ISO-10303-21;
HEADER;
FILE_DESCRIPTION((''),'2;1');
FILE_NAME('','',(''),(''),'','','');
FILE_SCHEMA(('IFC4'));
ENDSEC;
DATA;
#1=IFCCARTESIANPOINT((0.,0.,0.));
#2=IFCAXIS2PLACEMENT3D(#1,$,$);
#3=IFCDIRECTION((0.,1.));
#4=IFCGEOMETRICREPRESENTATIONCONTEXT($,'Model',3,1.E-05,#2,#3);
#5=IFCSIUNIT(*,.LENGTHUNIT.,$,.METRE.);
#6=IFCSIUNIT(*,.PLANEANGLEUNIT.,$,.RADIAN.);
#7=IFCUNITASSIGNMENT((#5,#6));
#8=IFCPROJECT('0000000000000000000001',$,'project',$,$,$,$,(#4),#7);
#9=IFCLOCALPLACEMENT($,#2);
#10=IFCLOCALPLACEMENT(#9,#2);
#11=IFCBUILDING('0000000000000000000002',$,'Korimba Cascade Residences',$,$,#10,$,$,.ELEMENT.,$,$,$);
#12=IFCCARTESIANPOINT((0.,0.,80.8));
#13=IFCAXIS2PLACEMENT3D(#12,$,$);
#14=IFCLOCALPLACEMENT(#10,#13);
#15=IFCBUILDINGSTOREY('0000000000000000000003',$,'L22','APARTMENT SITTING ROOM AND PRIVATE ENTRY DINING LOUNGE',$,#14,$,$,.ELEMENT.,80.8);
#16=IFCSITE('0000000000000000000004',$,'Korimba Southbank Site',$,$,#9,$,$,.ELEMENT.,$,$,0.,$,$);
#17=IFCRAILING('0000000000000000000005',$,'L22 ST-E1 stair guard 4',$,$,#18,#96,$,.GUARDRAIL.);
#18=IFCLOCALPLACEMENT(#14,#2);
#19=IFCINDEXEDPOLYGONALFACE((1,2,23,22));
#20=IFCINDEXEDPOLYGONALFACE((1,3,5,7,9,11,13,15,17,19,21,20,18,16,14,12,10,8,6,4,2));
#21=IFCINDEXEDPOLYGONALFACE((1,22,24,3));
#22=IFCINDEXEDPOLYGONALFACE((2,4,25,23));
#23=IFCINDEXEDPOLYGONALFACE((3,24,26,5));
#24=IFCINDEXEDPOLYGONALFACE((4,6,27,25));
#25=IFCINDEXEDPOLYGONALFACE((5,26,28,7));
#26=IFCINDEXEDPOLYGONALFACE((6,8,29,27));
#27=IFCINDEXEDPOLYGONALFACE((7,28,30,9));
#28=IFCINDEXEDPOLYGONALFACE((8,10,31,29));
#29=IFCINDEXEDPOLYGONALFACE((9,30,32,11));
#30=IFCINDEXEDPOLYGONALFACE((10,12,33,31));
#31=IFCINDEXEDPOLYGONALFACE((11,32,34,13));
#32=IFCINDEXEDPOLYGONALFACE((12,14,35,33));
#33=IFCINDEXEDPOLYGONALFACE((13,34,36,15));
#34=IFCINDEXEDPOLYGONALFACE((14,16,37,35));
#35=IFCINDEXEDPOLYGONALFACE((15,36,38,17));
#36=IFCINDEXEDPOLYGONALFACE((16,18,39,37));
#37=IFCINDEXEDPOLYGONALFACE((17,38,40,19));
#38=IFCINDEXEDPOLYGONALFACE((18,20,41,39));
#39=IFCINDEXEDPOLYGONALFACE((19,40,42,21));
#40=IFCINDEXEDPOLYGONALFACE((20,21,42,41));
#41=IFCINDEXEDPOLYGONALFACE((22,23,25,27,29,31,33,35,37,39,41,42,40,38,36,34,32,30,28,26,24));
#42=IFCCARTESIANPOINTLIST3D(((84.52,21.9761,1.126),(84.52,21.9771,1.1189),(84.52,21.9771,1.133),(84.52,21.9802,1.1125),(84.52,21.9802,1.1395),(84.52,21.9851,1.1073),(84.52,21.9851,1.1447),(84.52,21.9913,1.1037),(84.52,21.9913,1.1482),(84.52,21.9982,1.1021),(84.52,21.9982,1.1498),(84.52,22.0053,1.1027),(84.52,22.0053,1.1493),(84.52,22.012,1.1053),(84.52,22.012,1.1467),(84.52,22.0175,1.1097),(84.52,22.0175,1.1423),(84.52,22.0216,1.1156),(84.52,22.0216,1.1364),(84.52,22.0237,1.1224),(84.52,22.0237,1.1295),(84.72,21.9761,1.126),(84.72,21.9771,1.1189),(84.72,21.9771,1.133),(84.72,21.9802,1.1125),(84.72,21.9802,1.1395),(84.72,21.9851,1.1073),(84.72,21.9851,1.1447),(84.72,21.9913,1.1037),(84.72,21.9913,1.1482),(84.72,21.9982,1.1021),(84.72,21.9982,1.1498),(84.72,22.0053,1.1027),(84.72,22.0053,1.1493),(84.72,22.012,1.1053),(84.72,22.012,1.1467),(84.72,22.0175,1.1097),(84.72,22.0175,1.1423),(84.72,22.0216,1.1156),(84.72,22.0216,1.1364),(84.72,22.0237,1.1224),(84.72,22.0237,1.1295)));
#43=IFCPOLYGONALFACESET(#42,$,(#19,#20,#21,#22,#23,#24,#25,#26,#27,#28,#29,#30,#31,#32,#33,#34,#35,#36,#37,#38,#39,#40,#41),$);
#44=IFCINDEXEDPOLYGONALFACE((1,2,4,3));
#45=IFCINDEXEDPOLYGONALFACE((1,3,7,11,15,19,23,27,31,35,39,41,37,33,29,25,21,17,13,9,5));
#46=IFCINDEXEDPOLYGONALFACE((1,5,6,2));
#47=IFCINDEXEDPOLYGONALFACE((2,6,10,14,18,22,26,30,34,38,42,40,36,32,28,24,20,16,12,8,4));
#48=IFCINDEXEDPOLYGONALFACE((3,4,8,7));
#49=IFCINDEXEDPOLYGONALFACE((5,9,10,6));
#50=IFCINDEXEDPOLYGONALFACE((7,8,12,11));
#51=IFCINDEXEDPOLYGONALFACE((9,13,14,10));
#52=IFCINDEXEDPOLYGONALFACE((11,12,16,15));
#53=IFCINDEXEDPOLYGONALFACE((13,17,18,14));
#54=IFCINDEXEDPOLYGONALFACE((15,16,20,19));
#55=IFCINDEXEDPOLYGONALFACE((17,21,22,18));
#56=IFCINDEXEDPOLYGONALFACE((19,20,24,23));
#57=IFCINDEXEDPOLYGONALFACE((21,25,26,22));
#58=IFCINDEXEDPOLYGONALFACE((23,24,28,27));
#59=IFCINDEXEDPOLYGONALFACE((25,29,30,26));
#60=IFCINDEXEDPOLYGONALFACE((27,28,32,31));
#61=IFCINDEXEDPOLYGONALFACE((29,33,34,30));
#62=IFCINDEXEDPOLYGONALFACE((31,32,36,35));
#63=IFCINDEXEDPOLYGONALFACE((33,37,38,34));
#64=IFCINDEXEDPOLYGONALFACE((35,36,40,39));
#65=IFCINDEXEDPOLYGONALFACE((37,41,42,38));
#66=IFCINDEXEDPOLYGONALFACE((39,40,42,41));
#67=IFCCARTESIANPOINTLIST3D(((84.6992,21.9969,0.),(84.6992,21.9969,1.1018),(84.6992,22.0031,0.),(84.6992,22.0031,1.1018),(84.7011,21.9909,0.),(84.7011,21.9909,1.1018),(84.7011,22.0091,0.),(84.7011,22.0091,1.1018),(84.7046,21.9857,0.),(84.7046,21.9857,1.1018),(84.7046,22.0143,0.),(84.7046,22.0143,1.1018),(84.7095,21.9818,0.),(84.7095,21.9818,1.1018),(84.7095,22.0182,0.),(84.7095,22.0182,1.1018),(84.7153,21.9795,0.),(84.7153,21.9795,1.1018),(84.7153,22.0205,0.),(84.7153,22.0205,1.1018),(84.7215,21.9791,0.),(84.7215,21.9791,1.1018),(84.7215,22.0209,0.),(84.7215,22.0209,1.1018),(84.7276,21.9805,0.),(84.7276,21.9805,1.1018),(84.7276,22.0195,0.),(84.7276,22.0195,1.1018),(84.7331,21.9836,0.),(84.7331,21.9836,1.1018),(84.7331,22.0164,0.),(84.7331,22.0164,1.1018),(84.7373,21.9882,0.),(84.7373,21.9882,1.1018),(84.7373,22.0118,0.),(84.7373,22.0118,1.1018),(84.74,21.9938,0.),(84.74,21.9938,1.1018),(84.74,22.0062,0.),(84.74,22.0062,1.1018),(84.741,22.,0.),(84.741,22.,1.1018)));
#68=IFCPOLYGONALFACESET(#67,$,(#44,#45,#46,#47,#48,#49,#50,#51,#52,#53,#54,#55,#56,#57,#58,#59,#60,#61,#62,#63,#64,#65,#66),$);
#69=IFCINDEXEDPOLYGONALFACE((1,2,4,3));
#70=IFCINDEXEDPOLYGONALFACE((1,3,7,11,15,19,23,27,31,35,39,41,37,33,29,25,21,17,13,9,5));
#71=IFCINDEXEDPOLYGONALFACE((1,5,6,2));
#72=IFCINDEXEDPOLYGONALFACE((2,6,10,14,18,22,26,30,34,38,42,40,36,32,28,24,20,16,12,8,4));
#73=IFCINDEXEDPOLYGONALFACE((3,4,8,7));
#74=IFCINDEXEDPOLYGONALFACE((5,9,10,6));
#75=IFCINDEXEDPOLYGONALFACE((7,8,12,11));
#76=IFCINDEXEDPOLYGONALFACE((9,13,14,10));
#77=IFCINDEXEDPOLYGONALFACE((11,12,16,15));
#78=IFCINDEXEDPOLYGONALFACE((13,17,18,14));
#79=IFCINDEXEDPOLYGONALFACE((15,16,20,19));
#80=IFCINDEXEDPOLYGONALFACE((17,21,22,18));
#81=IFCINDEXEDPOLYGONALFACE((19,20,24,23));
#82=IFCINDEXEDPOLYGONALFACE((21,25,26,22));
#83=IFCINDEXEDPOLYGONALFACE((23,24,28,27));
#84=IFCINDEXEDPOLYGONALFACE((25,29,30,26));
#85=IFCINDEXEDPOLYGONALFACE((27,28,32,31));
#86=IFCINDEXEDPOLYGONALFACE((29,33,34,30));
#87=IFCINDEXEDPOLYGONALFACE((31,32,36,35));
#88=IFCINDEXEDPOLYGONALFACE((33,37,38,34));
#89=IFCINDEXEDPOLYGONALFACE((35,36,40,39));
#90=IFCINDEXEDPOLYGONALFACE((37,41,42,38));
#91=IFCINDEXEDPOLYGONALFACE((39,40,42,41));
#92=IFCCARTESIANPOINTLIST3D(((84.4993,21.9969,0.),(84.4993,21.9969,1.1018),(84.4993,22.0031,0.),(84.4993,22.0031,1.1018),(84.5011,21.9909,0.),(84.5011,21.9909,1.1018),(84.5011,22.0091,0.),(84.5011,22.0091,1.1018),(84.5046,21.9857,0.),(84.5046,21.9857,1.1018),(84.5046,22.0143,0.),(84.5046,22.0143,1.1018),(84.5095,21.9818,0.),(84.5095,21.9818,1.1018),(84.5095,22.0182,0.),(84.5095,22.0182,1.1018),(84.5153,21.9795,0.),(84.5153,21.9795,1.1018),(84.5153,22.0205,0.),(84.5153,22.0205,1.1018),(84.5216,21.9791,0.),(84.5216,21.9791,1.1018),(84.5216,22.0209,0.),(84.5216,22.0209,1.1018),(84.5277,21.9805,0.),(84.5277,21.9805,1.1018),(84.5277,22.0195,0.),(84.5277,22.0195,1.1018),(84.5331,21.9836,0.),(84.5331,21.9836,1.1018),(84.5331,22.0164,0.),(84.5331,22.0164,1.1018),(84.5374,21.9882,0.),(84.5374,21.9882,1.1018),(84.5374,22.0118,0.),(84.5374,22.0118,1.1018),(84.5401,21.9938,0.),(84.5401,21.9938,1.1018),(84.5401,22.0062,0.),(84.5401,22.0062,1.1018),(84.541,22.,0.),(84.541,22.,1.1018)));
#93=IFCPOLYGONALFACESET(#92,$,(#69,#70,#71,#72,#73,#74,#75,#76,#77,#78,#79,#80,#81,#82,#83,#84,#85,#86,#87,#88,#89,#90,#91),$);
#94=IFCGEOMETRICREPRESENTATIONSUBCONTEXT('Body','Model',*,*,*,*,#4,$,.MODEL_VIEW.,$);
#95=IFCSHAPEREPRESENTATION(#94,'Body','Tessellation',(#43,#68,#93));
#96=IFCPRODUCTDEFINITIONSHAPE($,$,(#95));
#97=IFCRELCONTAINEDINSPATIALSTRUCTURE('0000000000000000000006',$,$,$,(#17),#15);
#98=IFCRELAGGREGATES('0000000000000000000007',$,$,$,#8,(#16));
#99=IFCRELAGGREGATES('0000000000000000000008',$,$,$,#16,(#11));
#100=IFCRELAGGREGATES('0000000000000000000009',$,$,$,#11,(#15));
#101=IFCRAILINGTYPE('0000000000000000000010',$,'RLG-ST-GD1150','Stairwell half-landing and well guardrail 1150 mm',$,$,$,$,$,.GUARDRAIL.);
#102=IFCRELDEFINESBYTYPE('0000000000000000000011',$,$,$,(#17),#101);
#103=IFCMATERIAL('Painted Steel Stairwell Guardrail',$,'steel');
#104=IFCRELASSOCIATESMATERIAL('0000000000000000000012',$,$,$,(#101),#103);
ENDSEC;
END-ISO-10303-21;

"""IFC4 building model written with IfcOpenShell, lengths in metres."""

from ifc_helpers import new_model, si_unit, direction, frame, origin, origin_2d, place, context, subcontext, project, spatial, circle, extrude, material, type_object, element, save


model = new_model("IFC4")

# Units and contexts
model_context = context("Model", 3, precision=1e-05, world=origin(), true_north=direction((0.0, 1.0)))
body_context = subcontext(model_context, "Body", "Model", "MODEL_VIEW")
ifc_project = project(units=[si_unit("LENGTHUNIT", "METRE"), si_unit("PLANEANGLEUNIT", "RADIAN")], contexts=[model_context])

# Site, building, storey
site_placement = place(None, origin())
site = spatial("IfcSite", under=ifc_project, at=site_placement, Name="Korimba Southbank Site", CompositionType="ELEMENT", RefElevation=0.0)
building_placement = place(site_placement, origin())
building = spatial("IfcBuilding", under=site, at=building_placement, Name="Korimba Cascade Residences", CompositionType="ELEMENT")
storey_placement = place(building_placement, frame((0.0, 0.0, 80.8)))
storey = spatial("IfcBuildingStorey", under=building, at=storey_placement, Name="L22", Description="APARTMENT SITTING ROOM AND PRIVATE ENTRY DINING LOUNGE", CompositionType="ELEMENT", Elevation=80.8)

# Railing
ifc_material_1 = material(Name="Painted Steel Stairwell Guardrail", Category="steel")
railing_type_1 = type_object("IfcRailingType", Name="RLG-ST-GD1150", Description="Stairwell half-landing and well guardrail 1150 mm", PredefinedType="GUARDRAIL", material=ifc_material_1)
railing_1_placement = place(storey_placement, frame((84.72, 22.0, 0.0)))
element("IfcRailing", 1, at=railing_1_placement, inside=storey, type_object=railing_type_1, Name="L22 ST-E1 stair guard 4", PredefinedType="GUARDRAIL", context=body_context, shape_type="SweptSolid", body=[
    extrude(circle(Radius=0.0239, at=origin_2d()), frame((0.0, 0.0, 1.126), z_axis=(-1.0, 0.0, 0.0), x_axis=(0.0, -1.0, 0.0)), (0.0, 0.0, 1.0), 0.2),
    extrude(circle(Radius=0.021, at=origin_2d()), origin(), (0.0, 0.0, 1.0), 1.1018),
    extrude(circle(Radius=0.021, at=origin_2d()), frame((-0.2, 0.0, 0.0)), (0.0, 0.0, 1.0), 1.1018),
])

save(model, "model.ifc")
